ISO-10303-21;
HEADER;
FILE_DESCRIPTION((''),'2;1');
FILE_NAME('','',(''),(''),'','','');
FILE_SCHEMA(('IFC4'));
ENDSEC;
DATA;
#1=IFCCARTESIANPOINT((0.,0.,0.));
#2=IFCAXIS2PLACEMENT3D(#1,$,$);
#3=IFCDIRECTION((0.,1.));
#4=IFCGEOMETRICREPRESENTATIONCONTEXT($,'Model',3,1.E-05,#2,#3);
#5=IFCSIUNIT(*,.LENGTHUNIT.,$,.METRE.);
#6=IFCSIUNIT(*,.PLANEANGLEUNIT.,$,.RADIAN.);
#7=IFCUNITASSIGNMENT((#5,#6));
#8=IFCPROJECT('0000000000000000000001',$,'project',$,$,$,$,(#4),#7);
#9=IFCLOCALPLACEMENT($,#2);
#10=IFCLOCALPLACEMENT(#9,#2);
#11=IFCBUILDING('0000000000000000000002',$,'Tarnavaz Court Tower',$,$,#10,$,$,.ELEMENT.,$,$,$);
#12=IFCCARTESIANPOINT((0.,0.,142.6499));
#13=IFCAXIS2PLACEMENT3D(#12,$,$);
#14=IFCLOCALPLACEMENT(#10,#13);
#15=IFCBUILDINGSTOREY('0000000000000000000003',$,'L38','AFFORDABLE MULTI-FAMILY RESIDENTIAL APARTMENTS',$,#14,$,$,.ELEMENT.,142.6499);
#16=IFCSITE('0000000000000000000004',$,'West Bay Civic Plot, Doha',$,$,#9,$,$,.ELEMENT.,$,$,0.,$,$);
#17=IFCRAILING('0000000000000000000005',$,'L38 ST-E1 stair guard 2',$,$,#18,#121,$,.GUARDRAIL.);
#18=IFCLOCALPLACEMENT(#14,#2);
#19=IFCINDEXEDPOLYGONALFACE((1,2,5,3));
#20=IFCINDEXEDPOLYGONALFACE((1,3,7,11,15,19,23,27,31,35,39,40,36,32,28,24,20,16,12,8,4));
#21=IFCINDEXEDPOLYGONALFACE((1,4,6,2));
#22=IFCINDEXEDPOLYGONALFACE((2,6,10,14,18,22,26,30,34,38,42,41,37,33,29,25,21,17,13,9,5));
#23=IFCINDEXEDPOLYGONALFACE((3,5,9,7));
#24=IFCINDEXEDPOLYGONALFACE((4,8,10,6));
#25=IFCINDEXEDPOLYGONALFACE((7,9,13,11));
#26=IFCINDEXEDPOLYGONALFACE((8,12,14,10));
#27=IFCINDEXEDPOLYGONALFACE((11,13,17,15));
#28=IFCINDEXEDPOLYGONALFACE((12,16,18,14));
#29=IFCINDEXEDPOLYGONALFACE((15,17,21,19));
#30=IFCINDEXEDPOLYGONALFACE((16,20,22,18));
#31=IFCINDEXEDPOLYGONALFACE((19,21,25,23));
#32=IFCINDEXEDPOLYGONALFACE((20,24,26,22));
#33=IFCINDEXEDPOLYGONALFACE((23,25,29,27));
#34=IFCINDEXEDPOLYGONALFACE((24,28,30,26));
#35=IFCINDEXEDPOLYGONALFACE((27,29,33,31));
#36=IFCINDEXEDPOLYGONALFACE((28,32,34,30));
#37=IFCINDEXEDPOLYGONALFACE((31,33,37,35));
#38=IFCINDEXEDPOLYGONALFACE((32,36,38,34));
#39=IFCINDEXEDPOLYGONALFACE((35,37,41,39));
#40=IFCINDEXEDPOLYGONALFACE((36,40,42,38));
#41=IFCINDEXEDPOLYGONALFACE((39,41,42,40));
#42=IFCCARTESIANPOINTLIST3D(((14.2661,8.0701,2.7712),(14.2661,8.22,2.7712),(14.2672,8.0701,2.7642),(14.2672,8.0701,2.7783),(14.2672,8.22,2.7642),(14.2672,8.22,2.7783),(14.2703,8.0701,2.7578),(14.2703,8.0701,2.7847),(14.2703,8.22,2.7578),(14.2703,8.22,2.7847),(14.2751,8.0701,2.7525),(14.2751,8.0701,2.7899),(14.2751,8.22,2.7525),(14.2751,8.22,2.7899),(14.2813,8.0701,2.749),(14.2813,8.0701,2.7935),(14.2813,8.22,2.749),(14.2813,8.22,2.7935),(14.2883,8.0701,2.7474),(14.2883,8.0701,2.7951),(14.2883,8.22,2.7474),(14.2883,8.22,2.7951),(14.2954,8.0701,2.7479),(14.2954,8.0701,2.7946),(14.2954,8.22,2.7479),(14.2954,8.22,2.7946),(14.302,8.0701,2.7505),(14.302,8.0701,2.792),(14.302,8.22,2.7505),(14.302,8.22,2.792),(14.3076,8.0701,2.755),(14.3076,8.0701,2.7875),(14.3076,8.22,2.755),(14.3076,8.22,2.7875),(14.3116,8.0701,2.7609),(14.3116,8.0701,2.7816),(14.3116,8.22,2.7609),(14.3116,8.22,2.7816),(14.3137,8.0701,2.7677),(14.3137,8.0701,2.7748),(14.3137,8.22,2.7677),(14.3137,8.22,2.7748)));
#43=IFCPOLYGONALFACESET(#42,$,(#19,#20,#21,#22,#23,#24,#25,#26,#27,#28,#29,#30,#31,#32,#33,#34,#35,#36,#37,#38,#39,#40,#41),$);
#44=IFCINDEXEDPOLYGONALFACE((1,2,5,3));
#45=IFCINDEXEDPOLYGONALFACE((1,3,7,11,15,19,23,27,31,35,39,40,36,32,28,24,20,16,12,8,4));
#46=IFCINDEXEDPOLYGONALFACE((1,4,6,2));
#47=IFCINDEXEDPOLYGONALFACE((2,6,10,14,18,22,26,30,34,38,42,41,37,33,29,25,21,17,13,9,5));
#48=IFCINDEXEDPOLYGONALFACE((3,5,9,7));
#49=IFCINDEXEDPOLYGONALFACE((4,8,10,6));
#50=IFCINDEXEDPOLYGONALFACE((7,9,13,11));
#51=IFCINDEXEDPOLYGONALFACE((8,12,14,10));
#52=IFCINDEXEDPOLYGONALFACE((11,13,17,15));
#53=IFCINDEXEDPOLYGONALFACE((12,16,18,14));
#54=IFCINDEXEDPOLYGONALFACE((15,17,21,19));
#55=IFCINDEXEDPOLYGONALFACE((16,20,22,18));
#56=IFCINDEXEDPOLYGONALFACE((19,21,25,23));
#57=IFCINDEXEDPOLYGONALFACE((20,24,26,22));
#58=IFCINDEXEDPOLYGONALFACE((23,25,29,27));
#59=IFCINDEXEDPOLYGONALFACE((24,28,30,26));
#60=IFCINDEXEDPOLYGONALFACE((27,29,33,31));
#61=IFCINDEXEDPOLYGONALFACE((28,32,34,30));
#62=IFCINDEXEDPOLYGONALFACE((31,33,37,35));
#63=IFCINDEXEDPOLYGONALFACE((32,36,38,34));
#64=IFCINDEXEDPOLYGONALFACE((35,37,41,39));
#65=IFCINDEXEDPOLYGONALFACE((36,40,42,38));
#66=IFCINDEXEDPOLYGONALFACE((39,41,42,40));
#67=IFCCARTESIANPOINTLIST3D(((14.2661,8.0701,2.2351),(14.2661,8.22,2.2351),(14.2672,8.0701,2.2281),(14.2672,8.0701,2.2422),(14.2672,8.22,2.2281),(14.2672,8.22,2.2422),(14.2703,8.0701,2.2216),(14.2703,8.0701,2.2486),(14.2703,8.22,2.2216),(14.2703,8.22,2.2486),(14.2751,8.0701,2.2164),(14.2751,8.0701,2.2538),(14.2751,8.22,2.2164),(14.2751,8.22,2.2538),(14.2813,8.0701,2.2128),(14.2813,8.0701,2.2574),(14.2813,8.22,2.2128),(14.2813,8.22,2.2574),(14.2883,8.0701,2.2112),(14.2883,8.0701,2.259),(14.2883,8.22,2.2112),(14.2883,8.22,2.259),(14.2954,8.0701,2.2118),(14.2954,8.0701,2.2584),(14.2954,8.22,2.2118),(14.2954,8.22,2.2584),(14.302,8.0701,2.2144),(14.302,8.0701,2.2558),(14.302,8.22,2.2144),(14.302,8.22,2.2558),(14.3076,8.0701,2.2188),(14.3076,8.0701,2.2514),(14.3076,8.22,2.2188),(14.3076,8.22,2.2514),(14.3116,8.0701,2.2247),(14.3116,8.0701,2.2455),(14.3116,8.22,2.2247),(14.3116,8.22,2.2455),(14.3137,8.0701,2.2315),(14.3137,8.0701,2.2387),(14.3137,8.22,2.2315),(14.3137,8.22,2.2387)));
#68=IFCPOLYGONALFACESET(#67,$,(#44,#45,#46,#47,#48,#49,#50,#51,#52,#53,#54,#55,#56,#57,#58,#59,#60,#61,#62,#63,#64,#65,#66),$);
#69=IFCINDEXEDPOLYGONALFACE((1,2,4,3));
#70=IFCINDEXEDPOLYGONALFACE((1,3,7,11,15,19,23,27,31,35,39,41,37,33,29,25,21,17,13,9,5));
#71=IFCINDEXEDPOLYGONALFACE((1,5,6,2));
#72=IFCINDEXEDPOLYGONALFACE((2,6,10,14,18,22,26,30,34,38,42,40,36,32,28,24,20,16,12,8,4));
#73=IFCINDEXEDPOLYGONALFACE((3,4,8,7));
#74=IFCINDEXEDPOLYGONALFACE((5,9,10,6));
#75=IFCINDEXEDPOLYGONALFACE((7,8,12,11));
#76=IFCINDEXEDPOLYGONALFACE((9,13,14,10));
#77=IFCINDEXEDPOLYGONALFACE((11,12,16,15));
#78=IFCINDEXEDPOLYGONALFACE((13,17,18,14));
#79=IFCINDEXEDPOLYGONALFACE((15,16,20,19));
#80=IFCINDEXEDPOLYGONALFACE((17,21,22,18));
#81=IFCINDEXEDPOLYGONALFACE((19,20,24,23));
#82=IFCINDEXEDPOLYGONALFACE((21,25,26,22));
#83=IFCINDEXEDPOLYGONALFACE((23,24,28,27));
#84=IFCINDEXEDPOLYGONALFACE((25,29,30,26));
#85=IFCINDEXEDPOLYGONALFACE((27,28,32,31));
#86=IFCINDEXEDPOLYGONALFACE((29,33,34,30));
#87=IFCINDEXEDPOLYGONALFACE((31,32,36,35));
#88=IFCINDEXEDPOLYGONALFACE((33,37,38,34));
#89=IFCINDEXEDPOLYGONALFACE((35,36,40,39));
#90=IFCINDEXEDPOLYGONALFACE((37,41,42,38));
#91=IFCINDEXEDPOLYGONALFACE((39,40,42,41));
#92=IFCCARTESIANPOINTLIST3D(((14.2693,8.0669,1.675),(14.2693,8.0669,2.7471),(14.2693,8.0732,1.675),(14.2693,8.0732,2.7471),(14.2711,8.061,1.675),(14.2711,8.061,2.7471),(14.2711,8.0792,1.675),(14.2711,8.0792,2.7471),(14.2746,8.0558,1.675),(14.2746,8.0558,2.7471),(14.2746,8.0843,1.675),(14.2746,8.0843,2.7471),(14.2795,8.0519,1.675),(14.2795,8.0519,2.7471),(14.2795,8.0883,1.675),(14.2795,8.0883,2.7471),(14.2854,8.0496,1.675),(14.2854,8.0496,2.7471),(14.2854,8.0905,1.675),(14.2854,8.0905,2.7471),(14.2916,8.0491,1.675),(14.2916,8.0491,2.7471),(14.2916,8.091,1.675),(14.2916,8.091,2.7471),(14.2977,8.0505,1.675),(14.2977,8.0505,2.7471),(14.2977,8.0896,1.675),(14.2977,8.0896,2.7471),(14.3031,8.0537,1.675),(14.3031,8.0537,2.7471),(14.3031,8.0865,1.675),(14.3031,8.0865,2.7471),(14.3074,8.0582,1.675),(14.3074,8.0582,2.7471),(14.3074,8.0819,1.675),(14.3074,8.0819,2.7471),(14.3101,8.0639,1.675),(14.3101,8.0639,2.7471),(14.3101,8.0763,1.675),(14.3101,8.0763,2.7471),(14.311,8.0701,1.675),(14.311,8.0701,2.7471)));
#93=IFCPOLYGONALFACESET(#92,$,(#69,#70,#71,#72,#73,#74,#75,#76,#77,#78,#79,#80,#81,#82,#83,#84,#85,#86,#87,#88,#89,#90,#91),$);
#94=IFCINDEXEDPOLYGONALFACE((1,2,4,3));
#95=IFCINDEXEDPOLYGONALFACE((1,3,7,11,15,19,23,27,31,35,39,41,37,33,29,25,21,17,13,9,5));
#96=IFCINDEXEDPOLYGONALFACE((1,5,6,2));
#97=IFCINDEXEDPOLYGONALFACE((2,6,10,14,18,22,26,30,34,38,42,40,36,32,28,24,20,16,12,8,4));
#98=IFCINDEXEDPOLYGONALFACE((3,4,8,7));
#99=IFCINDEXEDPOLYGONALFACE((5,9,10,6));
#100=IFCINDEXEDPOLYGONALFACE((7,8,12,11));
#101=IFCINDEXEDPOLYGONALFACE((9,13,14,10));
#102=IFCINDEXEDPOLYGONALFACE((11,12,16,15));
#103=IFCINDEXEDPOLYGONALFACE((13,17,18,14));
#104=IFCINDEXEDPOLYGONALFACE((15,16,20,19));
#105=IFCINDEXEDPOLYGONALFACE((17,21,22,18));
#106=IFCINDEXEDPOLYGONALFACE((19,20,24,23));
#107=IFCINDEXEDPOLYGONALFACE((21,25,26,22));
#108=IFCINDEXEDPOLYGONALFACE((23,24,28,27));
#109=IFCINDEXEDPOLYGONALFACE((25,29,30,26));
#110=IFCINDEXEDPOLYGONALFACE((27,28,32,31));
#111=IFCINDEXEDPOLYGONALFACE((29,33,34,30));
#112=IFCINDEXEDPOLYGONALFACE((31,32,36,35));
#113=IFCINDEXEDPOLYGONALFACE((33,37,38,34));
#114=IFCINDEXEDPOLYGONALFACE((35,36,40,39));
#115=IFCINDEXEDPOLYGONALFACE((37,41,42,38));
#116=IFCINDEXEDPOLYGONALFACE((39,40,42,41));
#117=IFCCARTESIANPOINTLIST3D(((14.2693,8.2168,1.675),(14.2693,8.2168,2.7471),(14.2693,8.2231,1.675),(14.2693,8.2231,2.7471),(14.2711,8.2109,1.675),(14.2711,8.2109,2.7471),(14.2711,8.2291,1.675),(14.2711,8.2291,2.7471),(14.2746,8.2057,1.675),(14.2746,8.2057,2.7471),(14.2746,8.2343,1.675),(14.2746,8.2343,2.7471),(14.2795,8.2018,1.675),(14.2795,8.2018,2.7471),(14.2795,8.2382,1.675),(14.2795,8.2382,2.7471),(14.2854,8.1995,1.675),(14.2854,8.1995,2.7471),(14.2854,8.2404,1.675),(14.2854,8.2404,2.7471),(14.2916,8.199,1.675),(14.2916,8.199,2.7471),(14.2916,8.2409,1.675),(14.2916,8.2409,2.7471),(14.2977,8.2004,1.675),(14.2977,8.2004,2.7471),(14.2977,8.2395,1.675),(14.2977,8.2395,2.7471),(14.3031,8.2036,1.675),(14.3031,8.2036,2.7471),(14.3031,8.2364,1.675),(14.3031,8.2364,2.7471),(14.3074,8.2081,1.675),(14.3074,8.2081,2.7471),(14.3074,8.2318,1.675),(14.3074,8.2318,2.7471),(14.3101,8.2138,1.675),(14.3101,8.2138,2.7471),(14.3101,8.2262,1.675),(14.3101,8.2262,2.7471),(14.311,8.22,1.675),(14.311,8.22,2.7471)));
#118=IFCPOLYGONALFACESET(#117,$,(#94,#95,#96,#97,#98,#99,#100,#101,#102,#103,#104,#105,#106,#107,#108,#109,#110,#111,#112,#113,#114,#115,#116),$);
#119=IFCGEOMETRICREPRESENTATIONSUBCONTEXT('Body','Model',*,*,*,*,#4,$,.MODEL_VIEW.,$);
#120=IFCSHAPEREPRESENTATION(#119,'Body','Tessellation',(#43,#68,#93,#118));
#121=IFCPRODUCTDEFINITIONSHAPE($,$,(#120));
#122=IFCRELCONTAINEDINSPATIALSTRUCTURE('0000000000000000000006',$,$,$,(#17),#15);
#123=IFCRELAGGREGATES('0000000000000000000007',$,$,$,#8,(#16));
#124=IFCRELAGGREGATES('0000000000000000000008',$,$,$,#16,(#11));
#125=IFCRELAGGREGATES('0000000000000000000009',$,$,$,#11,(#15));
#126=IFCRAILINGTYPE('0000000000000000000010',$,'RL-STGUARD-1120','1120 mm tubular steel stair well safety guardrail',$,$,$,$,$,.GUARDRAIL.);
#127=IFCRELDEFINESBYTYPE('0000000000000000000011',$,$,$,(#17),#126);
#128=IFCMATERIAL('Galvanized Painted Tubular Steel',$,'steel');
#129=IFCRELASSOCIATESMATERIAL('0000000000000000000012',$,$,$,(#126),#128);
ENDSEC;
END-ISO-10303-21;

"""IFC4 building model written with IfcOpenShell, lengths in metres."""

from ifc_helpers import new_model, si_unit, direction, frame, origin, origin_2d, place, context, subcontext, project, spatial, circle, extrude, material, type_object, element, save


model = new_model("IFC4")

# Units and contexts
model_context = context("Model", 3, precision=1e-05, world=origin(), true_north=direction((0.0, 1.0)))
body_context = subcontext(model_context, "Body", "Model", "MODEL_VIEW")
ifc_project = project(units=[si_unit("LENGTHUNIT", "METRE"), si_unit("PLANEANGLEUNIT", "RADIAN")], contexts=[model_context])

# Site, building, storey
site_placement = place(None, origin())
site = spatial("IfcSite", under=ifc_project, at=site_placement, Name="West Bay Civic Plot, Doha", CompositionType="ELEMENT", RefElevation=0.0)
building_placement = place(site_placement, origin())
building = spatial("IfcBuilding", under=site, at=building_placement, Name="Tarnavaz Court Tower", CompositionType="ELEMENT")
storey_placement = place(building_placement, frame((0.0, 0.0, 142.6499)))
storey = spatial("IfcBuildingStorey", under=building, at=storey_placement, Name="L38", Description="AFFORDABLE MULTI-FAMILY RESIDENTIAL APARTMENTS", CompositionType="ELEMENT", Elevation=142.6499)

# Railing
ifc_material_1 = material(Name="Galvanized Painted Tubular Steel", Category="steel")
railing_type_1 = type_object("IfcRailingType", Name="RL-STGUARD-1120", Description="1120 mm tubular steel stair well safety guardrail", PredefinedType="GUARDRAIL", material=ifc_material_1)
for number, where, name in (
    (1, (14.29, 8.0701, 1.675), "L38 ST-E1 stair guard 2"),
):
    element("IfcRailing", number, at=place(storey_placement, frame(where)), inside=storey, type_object=railing_type_1, Name=name, PredefinedType="GUARDRAIL", context=body_context, shape_type="SweptSolid", body=[
        extrude(circle(Radius=0.0239, at=origin_2d()), frame((0.0, 0.0, 1.0962), z_axis=(0.0, 1.0, 0.0), x_axis=(-1.0, 0.0, 0.0)), (0.0, 0.0, 1.0), 0.1499),
        extrude(circle(Radius=0.0239, at=origin_2d()), frame((0.0, 0.0, 0.5601), z_axis=(0.0, 1.0, 0.0), x_axis=(-1.0, 0.0, 0.0)), (0.0, 0.0, 1.0), 0.1499),
        extrude(circle(Radius=0.021, at=origin_2d()), origin(), (0.0, 0.0, 1.0), 1.072),
        extrude(circle(Radius=0.021, at=origin_2d()), frame((0.0, 0.1499, 0.0)), (0.0, 0.0, 1.0), 1.072),
    ])

save(model, "model.ifc")
